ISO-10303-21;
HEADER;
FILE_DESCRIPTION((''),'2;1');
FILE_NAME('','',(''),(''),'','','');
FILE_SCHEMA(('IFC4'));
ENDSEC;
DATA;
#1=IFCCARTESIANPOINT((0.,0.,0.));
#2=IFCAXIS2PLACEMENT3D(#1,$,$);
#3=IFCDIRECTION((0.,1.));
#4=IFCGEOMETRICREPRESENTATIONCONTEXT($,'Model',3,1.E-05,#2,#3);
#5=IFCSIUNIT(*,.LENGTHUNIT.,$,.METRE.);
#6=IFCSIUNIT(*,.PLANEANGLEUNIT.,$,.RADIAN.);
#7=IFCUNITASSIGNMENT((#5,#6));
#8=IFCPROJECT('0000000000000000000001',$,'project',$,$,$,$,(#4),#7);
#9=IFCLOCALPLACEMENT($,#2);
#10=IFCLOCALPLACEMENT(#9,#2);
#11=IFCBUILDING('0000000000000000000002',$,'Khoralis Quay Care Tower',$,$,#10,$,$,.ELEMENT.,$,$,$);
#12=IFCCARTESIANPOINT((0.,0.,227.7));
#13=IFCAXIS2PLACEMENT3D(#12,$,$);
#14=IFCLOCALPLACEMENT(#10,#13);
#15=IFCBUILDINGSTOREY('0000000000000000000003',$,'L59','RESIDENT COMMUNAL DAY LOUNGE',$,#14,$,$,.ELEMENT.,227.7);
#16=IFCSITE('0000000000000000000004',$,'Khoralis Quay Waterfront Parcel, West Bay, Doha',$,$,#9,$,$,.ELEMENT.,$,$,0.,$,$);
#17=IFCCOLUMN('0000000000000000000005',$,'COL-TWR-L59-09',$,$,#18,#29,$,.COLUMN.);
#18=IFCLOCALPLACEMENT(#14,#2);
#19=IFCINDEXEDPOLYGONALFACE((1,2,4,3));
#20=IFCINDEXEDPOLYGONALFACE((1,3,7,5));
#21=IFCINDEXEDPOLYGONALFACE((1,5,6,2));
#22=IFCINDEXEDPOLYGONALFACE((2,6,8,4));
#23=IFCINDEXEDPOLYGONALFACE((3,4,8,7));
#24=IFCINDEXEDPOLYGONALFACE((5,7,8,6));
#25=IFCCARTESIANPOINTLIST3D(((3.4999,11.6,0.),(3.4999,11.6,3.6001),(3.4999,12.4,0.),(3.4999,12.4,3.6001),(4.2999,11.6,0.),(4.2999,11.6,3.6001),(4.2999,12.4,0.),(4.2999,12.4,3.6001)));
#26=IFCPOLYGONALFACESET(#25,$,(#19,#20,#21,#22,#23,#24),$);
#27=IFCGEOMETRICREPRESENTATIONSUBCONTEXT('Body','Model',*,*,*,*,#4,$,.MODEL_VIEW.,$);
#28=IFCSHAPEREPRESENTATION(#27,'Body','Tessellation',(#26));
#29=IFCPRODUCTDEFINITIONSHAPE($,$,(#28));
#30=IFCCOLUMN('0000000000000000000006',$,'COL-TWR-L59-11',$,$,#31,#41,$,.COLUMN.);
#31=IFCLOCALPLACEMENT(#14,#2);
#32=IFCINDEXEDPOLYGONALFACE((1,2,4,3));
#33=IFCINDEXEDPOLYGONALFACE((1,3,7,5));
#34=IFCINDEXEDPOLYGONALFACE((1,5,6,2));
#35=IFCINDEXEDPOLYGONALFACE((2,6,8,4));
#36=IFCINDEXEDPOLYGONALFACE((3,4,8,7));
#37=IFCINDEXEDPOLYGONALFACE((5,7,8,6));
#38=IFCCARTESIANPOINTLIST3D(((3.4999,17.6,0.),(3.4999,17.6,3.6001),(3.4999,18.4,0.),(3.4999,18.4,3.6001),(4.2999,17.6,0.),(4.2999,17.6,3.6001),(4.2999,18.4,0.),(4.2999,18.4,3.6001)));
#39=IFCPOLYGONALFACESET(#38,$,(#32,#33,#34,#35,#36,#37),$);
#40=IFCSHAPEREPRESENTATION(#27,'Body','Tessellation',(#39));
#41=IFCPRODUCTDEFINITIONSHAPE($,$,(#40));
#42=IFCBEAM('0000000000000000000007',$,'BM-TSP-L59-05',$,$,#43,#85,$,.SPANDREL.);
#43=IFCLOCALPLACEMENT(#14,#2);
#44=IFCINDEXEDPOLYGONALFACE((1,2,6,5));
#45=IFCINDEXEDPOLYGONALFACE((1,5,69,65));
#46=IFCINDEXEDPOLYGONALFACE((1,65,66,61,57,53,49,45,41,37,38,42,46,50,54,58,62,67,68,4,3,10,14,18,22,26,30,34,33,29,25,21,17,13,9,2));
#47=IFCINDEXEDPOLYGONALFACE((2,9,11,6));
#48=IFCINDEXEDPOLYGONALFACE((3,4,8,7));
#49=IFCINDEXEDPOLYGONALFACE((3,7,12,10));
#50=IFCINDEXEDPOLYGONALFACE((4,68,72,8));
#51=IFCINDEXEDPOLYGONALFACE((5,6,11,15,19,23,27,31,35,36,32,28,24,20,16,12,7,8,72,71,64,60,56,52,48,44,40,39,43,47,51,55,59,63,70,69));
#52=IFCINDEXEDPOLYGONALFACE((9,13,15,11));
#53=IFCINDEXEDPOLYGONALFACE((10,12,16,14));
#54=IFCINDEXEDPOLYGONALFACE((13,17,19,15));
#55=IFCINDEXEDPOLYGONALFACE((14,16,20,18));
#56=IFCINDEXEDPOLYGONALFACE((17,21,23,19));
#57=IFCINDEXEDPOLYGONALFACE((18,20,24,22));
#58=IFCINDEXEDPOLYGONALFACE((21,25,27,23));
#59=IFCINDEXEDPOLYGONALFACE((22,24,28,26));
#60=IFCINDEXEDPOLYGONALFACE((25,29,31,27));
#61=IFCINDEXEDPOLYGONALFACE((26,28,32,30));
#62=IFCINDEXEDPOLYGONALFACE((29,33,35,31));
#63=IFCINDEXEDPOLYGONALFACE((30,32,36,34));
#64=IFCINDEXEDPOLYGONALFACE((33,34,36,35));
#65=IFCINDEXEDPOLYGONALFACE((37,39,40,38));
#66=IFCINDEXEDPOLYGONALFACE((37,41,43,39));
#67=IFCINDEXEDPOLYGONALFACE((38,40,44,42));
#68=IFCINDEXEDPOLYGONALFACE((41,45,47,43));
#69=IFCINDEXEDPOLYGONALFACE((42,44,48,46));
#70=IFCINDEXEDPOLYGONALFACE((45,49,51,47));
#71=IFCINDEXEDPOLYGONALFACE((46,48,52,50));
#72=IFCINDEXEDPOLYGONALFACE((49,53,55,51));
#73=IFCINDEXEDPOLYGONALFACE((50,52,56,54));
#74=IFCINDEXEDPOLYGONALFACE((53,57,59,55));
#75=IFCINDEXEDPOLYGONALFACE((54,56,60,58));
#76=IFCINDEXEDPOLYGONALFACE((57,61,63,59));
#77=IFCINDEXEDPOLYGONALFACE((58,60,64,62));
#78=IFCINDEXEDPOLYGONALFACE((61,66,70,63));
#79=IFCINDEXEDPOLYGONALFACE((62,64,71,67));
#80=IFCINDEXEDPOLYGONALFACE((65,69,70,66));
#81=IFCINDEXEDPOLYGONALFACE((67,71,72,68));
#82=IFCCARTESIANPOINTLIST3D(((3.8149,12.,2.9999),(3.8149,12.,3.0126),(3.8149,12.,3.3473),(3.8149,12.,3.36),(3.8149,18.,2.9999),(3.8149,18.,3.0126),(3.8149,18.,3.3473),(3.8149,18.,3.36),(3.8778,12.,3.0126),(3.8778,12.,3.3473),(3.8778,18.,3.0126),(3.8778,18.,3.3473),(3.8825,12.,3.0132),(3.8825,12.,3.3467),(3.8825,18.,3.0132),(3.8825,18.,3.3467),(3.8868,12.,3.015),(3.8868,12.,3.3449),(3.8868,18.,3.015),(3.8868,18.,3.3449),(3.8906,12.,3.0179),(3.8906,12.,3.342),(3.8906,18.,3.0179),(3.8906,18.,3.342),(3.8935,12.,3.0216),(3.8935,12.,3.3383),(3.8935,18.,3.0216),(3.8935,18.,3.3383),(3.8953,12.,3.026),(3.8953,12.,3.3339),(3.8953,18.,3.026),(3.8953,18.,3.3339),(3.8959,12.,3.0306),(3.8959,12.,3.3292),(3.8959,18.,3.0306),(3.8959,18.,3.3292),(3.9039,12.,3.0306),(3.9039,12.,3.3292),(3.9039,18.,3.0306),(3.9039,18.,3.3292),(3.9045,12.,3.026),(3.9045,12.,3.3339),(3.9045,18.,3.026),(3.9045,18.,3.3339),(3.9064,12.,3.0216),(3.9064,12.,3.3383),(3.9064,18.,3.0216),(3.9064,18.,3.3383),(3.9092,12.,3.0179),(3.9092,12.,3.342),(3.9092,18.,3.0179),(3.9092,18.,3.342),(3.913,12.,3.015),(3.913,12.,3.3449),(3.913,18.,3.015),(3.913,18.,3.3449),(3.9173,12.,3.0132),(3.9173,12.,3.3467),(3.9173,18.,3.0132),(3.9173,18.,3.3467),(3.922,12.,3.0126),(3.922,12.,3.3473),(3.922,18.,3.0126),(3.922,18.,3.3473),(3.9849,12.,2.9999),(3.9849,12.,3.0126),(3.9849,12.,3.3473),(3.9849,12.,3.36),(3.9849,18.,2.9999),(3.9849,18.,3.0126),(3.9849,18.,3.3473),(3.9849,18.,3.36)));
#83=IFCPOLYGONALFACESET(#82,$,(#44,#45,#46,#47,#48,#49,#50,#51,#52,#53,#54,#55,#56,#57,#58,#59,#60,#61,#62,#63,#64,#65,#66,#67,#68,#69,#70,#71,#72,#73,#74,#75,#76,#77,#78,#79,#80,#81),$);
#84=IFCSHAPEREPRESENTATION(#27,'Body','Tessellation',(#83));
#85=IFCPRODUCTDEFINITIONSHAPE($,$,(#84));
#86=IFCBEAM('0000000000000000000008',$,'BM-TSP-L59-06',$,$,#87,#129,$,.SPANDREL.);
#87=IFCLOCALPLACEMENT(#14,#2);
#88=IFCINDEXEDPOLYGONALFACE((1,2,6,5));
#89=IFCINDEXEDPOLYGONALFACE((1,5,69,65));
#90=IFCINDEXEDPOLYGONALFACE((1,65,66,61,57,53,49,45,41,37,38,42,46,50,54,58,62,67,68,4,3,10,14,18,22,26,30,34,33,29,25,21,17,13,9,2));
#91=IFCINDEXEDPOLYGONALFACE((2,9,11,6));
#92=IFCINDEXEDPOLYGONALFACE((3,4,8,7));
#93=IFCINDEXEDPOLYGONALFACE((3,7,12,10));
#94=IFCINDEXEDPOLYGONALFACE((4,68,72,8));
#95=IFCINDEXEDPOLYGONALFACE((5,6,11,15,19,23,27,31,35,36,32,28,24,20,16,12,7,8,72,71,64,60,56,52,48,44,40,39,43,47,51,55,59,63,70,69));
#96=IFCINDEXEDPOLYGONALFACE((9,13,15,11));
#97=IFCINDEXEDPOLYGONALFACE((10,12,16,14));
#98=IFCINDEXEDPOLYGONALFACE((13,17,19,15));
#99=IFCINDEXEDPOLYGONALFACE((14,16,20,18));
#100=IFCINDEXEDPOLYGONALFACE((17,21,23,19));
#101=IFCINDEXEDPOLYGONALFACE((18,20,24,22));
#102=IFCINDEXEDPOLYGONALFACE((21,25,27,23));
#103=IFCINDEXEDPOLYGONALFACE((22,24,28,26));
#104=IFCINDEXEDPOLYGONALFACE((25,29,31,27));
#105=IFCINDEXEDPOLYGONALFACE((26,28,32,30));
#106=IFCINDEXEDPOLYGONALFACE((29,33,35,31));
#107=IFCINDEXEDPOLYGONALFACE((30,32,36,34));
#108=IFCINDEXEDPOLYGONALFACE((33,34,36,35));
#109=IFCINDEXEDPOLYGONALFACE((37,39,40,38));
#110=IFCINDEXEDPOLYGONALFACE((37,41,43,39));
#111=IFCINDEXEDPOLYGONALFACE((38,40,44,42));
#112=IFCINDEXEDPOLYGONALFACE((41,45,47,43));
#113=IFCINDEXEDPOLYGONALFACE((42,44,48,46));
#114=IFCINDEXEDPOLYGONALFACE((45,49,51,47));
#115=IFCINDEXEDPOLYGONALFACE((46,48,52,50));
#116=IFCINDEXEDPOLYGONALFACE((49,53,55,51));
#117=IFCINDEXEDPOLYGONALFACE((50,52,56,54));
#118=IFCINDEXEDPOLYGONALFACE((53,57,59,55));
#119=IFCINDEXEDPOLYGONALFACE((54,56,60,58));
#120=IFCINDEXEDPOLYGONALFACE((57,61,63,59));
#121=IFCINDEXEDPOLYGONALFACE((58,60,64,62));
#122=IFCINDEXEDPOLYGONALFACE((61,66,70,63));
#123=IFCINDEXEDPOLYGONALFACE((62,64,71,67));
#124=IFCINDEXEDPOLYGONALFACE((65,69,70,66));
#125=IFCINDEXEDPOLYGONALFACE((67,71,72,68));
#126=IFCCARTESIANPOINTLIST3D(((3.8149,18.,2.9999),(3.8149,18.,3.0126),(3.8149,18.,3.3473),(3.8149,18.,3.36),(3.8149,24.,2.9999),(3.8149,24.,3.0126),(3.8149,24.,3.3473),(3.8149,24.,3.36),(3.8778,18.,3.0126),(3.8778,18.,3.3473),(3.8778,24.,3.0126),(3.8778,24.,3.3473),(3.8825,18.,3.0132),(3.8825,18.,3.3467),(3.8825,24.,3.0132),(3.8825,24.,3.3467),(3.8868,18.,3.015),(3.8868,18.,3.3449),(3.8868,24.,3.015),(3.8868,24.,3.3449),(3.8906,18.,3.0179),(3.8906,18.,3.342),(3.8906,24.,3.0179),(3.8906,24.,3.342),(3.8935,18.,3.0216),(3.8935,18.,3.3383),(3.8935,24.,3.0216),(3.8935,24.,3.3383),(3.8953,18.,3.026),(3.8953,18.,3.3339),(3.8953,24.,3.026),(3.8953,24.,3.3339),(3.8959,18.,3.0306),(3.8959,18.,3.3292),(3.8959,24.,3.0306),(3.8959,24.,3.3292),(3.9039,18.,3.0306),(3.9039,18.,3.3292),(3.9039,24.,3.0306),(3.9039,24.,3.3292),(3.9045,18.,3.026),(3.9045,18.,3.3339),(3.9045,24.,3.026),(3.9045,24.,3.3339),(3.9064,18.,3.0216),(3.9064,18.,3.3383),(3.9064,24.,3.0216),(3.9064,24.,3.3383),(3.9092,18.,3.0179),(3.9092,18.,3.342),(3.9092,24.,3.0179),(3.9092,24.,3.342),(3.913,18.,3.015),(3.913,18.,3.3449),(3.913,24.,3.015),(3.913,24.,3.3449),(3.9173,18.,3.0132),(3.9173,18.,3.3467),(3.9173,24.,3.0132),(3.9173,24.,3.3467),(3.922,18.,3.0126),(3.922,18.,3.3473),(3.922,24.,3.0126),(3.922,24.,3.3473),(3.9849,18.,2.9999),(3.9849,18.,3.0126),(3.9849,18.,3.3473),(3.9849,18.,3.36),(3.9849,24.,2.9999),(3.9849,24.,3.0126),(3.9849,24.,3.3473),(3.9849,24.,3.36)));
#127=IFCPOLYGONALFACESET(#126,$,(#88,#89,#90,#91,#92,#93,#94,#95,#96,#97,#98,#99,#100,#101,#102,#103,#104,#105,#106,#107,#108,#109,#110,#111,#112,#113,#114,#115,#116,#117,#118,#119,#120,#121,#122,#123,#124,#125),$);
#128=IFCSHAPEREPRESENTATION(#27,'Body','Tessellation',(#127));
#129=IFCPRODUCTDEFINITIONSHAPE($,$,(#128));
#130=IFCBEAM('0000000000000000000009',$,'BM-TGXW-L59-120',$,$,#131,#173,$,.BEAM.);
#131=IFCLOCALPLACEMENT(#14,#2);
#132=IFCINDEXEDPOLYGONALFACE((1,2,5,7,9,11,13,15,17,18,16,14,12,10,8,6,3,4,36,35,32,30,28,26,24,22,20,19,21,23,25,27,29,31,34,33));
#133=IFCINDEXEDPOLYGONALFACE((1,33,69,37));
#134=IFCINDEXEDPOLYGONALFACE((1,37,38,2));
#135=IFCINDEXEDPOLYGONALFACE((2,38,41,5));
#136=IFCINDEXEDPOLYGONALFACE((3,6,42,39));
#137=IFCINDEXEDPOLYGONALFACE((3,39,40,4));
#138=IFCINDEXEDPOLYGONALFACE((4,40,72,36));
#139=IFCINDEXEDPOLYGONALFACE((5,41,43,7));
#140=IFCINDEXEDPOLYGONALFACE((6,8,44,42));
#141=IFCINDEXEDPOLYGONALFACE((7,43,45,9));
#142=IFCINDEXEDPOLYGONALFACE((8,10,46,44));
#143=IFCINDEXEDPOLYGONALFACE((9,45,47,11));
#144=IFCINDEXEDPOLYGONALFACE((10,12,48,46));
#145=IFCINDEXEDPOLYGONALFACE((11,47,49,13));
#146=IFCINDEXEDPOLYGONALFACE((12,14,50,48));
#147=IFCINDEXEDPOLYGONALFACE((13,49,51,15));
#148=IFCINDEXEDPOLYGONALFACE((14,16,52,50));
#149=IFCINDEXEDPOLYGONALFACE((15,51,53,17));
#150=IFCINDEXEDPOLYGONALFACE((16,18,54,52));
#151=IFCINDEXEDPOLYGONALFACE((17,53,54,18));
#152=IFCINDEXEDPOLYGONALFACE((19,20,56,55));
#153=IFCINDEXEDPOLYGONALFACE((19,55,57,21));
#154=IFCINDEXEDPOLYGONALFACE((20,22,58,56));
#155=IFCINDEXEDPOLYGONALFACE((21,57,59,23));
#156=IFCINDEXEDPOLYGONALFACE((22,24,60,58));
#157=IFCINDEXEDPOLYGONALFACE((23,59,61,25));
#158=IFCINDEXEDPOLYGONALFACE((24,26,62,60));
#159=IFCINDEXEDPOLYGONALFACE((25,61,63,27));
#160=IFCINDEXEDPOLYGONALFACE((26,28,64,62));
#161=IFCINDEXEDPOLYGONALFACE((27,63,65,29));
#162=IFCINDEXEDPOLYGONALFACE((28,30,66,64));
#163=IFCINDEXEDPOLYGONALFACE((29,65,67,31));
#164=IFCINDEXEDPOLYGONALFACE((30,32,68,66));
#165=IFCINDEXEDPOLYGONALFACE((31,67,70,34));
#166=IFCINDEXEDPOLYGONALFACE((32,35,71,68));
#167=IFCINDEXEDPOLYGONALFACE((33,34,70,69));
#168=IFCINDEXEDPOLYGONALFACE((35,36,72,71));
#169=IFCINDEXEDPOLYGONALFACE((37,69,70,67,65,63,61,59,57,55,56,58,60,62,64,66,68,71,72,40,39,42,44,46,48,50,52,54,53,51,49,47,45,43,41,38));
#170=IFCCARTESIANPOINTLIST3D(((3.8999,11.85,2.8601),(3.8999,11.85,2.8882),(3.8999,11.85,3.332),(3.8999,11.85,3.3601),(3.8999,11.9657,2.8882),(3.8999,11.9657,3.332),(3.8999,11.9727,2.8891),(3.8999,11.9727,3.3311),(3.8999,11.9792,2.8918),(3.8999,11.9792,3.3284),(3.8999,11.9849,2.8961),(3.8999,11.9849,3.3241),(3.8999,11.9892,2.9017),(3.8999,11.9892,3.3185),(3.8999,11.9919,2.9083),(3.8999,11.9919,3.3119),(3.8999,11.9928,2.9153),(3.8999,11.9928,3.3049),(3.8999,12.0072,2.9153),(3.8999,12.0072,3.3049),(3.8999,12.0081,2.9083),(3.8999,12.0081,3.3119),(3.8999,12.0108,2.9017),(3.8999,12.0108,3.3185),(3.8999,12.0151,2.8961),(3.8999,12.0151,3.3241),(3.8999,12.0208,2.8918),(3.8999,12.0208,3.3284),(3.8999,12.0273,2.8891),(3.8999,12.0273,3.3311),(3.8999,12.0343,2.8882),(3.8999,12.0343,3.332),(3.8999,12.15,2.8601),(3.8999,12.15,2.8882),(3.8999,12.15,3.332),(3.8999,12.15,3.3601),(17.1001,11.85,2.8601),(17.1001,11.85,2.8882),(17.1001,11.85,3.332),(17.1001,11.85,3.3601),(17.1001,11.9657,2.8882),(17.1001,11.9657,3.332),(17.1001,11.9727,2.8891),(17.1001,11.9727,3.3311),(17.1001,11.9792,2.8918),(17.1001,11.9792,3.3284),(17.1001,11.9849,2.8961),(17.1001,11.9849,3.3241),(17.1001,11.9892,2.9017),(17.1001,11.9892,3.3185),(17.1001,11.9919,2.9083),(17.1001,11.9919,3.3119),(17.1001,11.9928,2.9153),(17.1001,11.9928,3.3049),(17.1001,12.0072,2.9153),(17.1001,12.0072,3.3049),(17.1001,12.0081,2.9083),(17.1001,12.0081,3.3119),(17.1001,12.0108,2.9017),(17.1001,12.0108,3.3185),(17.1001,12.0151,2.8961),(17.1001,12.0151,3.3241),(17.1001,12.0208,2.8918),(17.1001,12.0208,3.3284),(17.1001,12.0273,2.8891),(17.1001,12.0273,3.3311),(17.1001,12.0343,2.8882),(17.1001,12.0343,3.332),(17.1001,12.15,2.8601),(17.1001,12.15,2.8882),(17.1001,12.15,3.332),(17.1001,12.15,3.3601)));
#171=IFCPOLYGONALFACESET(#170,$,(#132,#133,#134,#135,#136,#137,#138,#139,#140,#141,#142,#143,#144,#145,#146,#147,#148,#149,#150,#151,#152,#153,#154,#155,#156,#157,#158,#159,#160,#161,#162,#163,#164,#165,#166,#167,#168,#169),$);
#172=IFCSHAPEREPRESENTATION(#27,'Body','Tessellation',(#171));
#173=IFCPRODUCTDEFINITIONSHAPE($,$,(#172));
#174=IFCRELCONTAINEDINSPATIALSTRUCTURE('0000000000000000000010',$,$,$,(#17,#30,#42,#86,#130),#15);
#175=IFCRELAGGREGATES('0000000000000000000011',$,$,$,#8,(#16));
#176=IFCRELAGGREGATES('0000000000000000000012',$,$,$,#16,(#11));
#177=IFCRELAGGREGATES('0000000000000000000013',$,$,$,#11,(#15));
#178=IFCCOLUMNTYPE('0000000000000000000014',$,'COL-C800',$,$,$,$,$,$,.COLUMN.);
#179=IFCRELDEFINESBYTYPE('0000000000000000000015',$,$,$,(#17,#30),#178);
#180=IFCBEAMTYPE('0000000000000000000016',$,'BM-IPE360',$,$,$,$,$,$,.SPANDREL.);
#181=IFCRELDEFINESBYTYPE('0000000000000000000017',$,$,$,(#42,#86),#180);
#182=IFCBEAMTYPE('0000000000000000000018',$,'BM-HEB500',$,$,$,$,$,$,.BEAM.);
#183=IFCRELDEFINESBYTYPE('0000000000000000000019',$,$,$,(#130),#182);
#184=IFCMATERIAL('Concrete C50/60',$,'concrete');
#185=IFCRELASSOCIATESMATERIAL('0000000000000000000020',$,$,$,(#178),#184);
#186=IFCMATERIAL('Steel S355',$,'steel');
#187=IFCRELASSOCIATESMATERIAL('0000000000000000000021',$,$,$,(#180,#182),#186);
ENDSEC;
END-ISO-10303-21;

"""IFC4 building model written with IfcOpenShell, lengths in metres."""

from ifc_helpers import new_model, si_unit, direction, frame, origin, origin_2d, place, context, subcontext, project, spatial, rectangle, i_section, extrude, source, transform, mapped, material, material_profile, profile_set, type_object, element, save


model = new_model("IFC4")

# Units and contexts
model_context = context("Model", 3, precision=1e-05, world=origin(), true_north=direction((0.0, 1.0)))
body_context = subcontext(model_context, "Body", "Model", "MODEL_VIEW")
ifc_project = project(units=[si_unit("LENGTHUNIT", "METRE"), si_unit("PLANEANGLEUNIT", "RADIAN")], contexts=[model_context])

# Site, building, storey
site_placement = place(None, origin())
site = spatial("IfcSite", under=ifc_project, at=site_placement, Name="Khoralis Quay Waterfront Parcel, West Bay, Doha", CompositionType="ELEMENT", RefElevation=0.0)
building_placement = place(site_placement, origin())
building = spatial("IfcBuilding", under=site, at=building_placement, Name="Khoralis Quay Care Tower", CompositionType="ELEMENT")
storey_placement = place(building_placement, frame((0.0, 0.0, 227.7)))
storey = spatial("IfcBuildingStorey", under=building, at=storey_placement, Name="L59", Description="RESIDENT COMMUNAL DAY LOUNGE", CompositionType="ELEMENT", Elevation=227.7)

# Columns
ifc_material_1 = material(Name="Concrete C50/60", Category="concrete")
ifc_material_profile_1 = material_profile(ifc_material_1, rectangle(XDim=0.8, YDim=0.8, at=origin_2d()), Name="Concrete C50/60")
ifc_profile_set_1 = profile_set([ifc_material_profile_1], Name="Concrete C50/60")
column_type = type_object("IfcColumnType", Name="COL-C800", PredefinedType="COLUMN", material=ifc_profile_set_1)
shared_shape_1 = source(origin(), body_context, "Body", "SweptSolid", [
    extrude(rectangle(XDim=0.8, YDim=0.8, at=origin_2d()), origin(), (0.0, 0.0, 1.0), 3.6001),
])
for number, where, z_axis, x_axis, name in (
    (1, (3.8999, 12.0, 0.0), (0.0, 0.0, 1.0), (1.0, 0.0, 0.0), "COL-TWR-L59-09"),
    (2, (3.8999, 18.0, 0.0), (0.0, 0.0, 1.0), (1.0, 0.0, 0.0), "COL-TWR-L59-11"),
):
    element("IfcColumn", number, at=place(storey_placement, frame(where, z_axis=z_axis, x_axis=x_axis)), inside=storey, type_object=column_type, Name=name, PredefinedType="COLUMN", context=body_context, shape_type="MappedRepresentation", body=[
        mapped(shared_shape_1, transform((0.0, 0.0, 0.0), scale=1.0)),
    ])

# Beams
ifc_material_2 = material(Name="Steel S355", Category="steel")
ifc_material_profile_2 = material_profile(ifc_material_2, i_section(OverallWidth=0.1699, OverallDepth=0.3601, WebThickness=0.0081, FlangeThickness=0.0127, FilletRadius=0.0181, at=origin_2d()), Name="Steel S355")
ifc_profile_set_2 = profile_set([ifc_material_profile_2], Name="Steel S355")
beam_type_1 = type_object("IfcBeamType", Name="BM-IPE360", PredefinedType="SPANDREL", material=ifc_profile_set_2)
shared_shape_2 = source(origin(), body_context, "Body", "SweptSolid", [
    extrude(i_section(OverallWidth=0.1699, OverallDepth=0.3601, WebThickness=0.0081, FlangeThickness=0.0127, FilletRadius=0.0181, at=origin_2d()), origin(), (0.0, 0.0, 1.0), 6.0),
])
for number, where, z_axis, x_axis, name in (
    (3, (3.8999, 12.0, 3.1799), (0.0, 1.0, 0.0), (-1.0, 0.0, 0.0), "BM-TSP-L59-05"),
    (4, (3.8999, 18.0, 3.1799), (0.0, 1.0, 0.0), (-1.0, 0.0, 0.0), "BM-TSP-L59-06"),
):
    element("IfcBeam", number, at=place(storey_placement, frame(where, z_axis=z_axis, x_axis=x_axis)), inside=storey, type_object=beam_type_1, Name=name, PredefinedType="SPANDREL", context=body_context, shape_type="MappedRepresentation", body=[
        mapped(shared_shape_2, transform((0.0, 0.0, 0.0), scale=1.0)),
    ])
ifc_material_profile_3 = material_profile(ifc_material_2, i_section(OverallWidth=0.3, OverallDepth=0.5, WebThickness=0.0144, FlangeThickness=0.0281, FilletRadius=0.0271, at=origin_2d()), Name="Steel S355")
ifc_profile_set_3 = profile_set([ifc_material_profile_3], Name="Steel S355")
beam_type_2 = type_object("IfcBeamType", Name="BM-HEB500", PredefinedType="BEAM", material=ifc_profile_set_3)
shared_shape_3 = source(origin(), body_context, "Body", "SweptSolid", [
    extrude(i_section(OverallWidth=0.3, OverallDepth=0.5, WebThickness=0.0144, FlangeThickness=0.0281, FilletRadius=0.0271, at=origin_2d()), origin(), (0.0, 0.0, 1.0), 13.2002),
])
beam_1_placement = place(storey_placement, frame((3.8999, 12.0, 3.1101), z_axis=(1.0, 0.0, 0.0), x_axis=(0.0, 1.0, 0.0)))
element("IfcBeam", 5, at=beam_1_placement, inside=storey, type_object=beam_type_2, Name="BM-TGXW-L59-120", PredefinedType="BEAM", context=body_context, shape_type="MappedRepresentation", body=[
    mapped(shared_shape_3, transform((0.0, 0.0, 0.0), scale=1.0)),
])

save(model, "model.ifc")
